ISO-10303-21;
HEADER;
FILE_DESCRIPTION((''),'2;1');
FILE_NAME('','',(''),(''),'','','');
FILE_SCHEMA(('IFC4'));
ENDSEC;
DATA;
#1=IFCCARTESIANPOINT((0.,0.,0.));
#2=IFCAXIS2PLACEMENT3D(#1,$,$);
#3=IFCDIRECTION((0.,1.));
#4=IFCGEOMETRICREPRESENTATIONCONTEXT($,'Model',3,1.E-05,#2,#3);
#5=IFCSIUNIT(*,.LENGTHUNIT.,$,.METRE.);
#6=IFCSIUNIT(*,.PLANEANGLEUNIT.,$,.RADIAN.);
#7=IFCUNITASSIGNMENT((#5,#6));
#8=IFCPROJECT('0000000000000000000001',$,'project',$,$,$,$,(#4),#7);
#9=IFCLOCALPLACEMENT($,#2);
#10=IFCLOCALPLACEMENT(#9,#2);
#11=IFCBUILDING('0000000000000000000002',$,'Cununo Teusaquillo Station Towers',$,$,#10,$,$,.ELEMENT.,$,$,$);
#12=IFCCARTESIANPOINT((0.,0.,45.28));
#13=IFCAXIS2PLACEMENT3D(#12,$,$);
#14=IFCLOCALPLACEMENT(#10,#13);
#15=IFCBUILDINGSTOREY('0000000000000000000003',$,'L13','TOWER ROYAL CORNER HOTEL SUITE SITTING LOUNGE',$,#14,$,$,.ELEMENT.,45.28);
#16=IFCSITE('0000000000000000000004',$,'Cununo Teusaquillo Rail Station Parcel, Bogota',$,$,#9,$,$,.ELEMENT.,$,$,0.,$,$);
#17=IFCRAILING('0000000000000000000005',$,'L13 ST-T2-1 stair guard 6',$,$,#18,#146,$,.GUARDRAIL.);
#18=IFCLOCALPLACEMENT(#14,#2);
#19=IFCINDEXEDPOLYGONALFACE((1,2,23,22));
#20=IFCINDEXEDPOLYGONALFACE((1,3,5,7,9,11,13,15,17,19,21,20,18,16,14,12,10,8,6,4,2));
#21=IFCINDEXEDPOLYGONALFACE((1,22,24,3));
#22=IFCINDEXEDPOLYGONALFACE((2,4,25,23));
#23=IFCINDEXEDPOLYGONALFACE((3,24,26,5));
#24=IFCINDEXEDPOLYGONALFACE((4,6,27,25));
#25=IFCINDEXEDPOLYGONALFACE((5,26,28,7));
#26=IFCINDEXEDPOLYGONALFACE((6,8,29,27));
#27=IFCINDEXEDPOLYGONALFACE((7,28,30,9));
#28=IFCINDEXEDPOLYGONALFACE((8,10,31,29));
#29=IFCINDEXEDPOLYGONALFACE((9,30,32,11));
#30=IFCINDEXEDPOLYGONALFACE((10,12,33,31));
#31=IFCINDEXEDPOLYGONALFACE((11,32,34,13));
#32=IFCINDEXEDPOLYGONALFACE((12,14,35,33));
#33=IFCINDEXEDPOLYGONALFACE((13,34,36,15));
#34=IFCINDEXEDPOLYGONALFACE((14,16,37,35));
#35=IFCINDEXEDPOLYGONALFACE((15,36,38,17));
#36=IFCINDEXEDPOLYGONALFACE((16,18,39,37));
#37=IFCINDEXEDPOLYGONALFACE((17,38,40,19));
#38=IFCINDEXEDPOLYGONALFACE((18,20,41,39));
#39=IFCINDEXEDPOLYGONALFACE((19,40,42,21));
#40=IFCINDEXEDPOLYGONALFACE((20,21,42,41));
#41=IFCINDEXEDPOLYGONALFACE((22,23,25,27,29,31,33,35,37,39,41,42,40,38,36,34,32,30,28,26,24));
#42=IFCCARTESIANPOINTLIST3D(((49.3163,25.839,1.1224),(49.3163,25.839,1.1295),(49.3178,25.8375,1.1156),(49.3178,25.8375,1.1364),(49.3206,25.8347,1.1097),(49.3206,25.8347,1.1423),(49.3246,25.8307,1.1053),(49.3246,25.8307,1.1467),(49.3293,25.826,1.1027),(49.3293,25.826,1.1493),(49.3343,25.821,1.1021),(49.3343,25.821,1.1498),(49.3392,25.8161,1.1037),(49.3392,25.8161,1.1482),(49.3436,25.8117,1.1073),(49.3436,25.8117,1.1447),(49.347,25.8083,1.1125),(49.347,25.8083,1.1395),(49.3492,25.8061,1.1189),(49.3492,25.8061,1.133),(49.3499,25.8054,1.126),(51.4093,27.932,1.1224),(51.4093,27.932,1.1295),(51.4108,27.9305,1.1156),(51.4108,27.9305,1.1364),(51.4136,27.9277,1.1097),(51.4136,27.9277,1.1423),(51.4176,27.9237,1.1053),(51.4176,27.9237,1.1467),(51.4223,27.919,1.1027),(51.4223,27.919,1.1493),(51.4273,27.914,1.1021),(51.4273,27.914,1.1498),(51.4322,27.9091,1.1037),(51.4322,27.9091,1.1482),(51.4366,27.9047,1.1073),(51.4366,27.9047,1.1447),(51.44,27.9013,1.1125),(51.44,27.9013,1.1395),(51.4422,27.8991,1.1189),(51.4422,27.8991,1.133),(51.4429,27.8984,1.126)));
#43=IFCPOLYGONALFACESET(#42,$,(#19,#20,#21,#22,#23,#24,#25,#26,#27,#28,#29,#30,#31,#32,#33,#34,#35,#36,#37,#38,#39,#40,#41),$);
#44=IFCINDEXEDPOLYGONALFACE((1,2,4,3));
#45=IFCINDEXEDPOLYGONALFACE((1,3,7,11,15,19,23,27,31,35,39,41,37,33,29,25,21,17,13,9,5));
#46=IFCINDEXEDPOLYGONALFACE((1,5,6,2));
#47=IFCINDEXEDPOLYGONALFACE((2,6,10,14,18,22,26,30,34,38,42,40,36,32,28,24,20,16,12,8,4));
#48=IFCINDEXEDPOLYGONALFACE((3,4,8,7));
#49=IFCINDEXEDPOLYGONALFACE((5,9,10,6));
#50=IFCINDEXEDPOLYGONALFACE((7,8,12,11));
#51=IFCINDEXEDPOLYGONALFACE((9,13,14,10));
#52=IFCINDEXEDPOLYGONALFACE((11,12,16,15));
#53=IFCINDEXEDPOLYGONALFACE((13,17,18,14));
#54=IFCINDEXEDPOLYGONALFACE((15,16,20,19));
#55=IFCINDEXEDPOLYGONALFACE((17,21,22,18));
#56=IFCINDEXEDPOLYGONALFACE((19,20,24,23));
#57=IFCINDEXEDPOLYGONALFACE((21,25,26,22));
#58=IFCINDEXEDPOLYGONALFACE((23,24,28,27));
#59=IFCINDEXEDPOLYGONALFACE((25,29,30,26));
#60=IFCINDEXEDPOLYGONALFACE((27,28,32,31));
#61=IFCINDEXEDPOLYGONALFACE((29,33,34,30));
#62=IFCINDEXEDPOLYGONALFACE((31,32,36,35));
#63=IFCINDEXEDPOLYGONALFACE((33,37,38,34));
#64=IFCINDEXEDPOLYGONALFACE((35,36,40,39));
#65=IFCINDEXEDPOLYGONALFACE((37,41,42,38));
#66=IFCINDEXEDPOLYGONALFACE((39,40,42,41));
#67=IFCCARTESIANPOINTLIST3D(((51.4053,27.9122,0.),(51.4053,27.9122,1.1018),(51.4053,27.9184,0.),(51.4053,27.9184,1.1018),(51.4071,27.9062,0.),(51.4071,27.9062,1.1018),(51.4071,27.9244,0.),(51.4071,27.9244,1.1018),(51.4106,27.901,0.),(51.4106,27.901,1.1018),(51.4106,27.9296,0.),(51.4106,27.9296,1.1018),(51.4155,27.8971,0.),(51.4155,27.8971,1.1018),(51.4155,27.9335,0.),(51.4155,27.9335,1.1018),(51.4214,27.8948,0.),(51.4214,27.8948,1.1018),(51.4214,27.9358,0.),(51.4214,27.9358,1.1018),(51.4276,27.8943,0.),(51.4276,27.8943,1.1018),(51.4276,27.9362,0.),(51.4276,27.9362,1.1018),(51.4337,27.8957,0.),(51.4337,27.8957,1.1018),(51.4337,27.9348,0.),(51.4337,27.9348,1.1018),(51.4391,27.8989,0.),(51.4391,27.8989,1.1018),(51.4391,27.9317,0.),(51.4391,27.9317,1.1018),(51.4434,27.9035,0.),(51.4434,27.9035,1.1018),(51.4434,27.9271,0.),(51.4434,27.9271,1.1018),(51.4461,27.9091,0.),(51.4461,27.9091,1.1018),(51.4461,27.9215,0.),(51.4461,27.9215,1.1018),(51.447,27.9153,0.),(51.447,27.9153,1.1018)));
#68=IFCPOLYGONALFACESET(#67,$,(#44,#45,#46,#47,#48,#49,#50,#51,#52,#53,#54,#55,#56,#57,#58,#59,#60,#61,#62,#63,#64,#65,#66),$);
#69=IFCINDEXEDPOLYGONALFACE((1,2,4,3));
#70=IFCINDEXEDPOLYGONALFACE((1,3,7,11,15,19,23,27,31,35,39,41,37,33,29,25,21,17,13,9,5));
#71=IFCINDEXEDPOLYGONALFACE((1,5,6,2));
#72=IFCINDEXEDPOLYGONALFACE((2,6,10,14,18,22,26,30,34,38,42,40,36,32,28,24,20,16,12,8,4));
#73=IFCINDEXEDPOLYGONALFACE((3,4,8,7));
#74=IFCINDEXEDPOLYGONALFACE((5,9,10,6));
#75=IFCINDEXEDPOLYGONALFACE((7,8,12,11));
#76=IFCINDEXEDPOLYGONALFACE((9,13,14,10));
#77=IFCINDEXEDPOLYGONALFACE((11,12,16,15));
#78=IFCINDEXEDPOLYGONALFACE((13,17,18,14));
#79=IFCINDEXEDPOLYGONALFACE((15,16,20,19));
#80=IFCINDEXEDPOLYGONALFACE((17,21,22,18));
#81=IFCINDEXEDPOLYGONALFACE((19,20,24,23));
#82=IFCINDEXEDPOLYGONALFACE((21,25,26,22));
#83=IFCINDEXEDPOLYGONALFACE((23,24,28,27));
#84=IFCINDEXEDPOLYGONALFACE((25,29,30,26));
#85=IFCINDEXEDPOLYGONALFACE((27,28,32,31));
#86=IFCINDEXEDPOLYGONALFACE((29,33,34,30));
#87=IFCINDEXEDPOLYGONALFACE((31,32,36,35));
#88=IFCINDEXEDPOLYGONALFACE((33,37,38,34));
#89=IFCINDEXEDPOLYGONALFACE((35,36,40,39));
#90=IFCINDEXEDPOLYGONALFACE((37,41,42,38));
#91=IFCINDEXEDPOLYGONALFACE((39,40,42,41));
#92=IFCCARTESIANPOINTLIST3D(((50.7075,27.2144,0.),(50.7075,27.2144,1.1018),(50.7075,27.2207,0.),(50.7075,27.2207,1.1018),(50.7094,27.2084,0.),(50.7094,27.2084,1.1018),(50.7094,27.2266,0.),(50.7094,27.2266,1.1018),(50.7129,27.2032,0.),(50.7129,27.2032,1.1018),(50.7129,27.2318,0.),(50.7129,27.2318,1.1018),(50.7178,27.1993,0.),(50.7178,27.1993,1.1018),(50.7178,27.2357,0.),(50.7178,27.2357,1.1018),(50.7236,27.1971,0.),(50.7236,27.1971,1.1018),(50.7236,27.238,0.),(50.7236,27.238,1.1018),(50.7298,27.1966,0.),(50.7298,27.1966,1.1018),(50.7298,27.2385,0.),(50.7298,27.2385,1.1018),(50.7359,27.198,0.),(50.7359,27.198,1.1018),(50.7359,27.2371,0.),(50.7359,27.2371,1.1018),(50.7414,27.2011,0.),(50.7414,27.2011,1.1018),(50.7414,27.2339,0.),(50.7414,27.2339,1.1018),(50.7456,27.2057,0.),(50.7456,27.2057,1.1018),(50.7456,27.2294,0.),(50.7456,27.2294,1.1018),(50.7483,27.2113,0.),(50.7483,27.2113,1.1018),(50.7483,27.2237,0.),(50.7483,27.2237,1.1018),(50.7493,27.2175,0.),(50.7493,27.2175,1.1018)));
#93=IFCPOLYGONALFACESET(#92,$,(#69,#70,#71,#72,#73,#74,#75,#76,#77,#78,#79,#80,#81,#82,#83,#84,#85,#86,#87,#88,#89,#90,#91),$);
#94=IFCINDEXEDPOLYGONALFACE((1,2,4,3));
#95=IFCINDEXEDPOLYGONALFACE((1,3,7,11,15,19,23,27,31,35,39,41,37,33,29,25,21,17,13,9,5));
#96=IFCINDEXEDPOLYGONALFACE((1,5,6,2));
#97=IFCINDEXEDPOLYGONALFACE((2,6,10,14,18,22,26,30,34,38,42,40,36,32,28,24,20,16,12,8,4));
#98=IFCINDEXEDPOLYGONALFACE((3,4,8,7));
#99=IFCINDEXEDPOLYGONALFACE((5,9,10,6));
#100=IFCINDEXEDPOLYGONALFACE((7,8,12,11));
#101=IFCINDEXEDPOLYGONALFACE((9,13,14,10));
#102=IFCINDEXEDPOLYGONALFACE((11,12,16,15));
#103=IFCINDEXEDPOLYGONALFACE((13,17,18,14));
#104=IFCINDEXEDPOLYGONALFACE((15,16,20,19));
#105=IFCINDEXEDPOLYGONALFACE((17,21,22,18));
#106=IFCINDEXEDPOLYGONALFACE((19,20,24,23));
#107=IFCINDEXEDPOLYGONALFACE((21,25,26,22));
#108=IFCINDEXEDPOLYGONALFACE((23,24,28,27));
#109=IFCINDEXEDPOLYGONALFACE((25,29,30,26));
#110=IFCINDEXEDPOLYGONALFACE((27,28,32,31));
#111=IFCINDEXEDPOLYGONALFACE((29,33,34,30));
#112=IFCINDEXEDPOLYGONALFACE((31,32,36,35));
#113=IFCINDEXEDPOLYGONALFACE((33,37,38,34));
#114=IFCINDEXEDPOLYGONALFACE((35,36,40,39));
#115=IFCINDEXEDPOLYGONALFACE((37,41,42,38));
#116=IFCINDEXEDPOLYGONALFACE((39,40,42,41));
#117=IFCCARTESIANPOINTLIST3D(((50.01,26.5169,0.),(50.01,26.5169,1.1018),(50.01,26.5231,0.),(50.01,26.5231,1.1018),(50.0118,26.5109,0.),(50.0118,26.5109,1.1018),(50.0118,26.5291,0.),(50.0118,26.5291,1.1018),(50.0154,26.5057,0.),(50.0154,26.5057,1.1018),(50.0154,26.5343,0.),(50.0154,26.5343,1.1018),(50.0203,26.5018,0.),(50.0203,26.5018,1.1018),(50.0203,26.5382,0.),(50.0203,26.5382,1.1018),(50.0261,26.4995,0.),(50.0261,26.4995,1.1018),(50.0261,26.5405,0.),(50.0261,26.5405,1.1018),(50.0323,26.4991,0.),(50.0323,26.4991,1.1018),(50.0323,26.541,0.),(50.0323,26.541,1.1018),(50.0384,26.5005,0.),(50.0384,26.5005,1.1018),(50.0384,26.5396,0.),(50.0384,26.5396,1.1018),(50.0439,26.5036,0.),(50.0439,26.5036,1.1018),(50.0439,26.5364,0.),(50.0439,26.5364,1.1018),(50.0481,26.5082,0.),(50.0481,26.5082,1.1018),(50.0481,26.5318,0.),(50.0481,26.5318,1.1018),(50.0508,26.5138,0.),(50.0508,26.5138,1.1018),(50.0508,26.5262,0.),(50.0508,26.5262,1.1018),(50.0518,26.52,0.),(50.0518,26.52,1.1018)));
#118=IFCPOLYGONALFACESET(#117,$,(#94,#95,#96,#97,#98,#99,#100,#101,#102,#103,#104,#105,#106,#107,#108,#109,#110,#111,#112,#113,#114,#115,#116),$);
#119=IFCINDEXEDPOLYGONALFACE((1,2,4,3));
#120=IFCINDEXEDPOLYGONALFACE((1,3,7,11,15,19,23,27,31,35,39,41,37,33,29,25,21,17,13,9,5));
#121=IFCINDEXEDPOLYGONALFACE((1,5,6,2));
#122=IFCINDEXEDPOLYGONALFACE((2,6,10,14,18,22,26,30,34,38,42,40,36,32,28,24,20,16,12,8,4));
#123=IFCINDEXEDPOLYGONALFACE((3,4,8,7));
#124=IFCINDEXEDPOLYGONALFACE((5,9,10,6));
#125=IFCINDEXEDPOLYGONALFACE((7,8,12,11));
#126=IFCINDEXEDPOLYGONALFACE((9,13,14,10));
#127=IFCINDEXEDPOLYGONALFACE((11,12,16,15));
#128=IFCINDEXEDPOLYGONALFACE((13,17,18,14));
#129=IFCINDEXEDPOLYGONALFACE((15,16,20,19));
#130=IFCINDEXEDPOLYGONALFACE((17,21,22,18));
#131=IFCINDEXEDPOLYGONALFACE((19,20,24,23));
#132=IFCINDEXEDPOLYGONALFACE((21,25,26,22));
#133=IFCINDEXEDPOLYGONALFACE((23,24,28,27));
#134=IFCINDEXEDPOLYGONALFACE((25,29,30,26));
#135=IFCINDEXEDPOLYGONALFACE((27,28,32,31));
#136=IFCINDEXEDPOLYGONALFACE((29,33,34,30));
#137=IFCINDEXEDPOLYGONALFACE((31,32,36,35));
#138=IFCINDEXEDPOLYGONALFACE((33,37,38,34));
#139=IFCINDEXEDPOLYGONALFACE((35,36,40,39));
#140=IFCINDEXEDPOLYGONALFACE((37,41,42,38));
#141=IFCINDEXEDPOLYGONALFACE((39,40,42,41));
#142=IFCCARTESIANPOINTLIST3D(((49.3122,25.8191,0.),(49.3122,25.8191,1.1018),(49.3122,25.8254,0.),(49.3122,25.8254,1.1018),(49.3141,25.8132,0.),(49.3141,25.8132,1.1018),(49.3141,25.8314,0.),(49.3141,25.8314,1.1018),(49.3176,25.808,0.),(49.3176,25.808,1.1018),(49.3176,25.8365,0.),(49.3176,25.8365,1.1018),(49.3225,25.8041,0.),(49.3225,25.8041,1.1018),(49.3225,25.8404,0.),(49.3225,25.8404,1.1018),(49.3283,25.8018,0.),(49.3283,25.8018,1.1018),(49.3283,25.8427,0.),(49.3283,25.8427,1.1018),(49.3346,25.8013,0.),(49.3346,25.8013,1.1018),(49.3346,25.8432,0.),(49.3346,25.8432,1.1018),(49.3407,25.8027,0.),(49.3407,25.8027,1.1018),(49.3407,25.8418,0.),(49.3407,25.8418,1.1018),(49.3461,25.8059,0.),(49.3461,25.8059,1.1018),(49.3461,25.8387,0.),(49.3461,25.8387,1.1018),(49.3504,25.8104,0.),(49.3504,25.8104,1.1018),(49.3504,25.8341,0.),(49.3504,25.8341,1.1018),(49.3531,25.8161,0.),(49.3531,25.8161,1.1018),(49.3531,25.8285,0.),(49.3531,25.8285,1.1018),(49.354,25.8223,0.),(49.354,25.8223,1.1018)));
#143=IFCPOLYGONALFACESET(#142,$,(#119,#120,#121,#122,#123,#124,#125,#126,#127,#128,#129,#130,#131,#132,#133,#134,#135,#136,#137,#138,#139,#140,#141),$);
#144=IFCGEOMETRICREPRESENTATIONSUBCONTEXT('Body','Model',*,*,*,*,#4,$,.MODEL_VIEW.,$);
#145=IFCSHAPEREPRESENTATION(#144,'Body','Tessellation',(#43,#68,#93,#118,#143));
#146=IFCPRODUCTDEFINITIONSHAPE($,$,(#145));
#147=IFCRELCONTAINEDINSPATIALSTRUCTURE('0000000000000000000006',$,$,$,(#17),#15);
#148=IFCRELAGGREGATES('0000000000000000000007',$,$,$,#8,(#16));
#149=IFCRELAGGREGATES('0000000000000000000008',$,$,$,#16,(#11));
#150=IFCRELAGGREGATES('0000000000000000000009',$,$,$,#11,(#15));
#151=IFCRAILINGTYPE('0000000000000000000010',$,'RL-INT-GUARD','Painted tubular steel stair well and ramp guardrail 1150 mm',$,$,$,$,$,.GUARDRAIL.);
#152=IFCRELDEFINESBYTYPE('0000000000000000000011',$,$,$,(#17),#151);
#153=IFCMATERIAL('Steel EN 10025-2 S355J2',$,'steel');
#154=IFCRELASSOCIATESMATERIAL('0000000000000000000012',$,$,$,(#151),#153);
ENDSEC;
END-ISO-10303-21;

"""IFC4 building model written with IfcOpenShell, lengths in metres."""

from ifc_helpers import new_model, si_unit, direction, frame, origin, origin_2d, place, context, subcontext, project, spatial, circle, extrude, material, type_object, element, save


model = new_model("IFC4")

# Units and contexts
model_context = context("Model", 3, precision=1e-05, world=origin(), true_north=direction((0.0, 1.0)))
body_context = subcontext(model_context, "Body", "Model", "MODEL_VIEW")
ifc_project = project(units=[si_unit("LENGTHUNIT", "METRE"), si_unit("PLANEANGLEUNIT", "RADIAN")], contexts=[model_context])

# Site, building, storey
site_placement = place(None, origin())
site = spatial("IfcSite", under=ifc_project, at=site_placement, Name="Cununo Teusaquillo Rail Station Parcel, Bogota", CompositionType="ELEMENT", RefElevation=0.0)
building_placement = place(site_placement, origin())
building = spatial("IfcBuilding", under=site, at=building_placement, Name="Cununo Teusaquillo Station Towers", CompositionType="ELEMENT")
storey_placement = place(building_placement, frame((0.0, 0.0, 45.28)))
storey = spatial("IfcBuildingStorey", under=building, at=storey_placement, Name="L13", Description="TOWER ROYAL CORNER HOTEL SUITE SITTING LOUNGE", CompositionType="ELEMENT", Elevation=45.28)

# Railing
ifc_material_1 = material(Name="Steel EN 10025-2 S355J2", Category="steel")
railing_type = type_object("IfcRailingType", Name="RL-INT-GUARD", Description="Painted tubular steel stair well and ramp guardrail 1150 mm", PredefinedType="GUARDRAIL", material=ifc_material_1)
railing_placement = place(storey_placement, frame((51.426, 27.9153, 0.0)))
element("IfcRailing", 1, at=railing_placement, inside=storey, type_object=railing_type, Name="L13 ST-T2-1 stair guard 6", PredefinedType="GUARDRAIL", context=body_context, shape_type="SweptSolid", body=[
    extrude(circle(Radius=0.0239, at=origin_2d()), frame((0.0, 0.0, 1.126), z_axis=(-0.707107, -0.707107, 0.0), x_axis=(0.707107, -0.707107, 0.0)), (0.0, 0.0, 1.0), 2.96),
    extrude(circle(Radius=0.021, at=origin_2d()), origin(), (0.0, 0.0, 1.0), 1.1018),
    extrude(circle(Radius=0.021, at=origin_2d()), frame((-0.6978, -0.6978, 0.0)), (0.0, 0.0, 1.0), 1.1018),
    extrude(circle(Radius=0.021, at=origin_2d()), frame((-1.3953, -1.3953, 0.0)), (0.0, 0.0, 1.0), 1.1018),
    extrude(circle(Radius=0.021, at=origin_2d()), frame((-2.093, -2.093, 0.0)), (0.0, 0.0, 1.0), 1.1018),
])

save(model, "model.ifc")
